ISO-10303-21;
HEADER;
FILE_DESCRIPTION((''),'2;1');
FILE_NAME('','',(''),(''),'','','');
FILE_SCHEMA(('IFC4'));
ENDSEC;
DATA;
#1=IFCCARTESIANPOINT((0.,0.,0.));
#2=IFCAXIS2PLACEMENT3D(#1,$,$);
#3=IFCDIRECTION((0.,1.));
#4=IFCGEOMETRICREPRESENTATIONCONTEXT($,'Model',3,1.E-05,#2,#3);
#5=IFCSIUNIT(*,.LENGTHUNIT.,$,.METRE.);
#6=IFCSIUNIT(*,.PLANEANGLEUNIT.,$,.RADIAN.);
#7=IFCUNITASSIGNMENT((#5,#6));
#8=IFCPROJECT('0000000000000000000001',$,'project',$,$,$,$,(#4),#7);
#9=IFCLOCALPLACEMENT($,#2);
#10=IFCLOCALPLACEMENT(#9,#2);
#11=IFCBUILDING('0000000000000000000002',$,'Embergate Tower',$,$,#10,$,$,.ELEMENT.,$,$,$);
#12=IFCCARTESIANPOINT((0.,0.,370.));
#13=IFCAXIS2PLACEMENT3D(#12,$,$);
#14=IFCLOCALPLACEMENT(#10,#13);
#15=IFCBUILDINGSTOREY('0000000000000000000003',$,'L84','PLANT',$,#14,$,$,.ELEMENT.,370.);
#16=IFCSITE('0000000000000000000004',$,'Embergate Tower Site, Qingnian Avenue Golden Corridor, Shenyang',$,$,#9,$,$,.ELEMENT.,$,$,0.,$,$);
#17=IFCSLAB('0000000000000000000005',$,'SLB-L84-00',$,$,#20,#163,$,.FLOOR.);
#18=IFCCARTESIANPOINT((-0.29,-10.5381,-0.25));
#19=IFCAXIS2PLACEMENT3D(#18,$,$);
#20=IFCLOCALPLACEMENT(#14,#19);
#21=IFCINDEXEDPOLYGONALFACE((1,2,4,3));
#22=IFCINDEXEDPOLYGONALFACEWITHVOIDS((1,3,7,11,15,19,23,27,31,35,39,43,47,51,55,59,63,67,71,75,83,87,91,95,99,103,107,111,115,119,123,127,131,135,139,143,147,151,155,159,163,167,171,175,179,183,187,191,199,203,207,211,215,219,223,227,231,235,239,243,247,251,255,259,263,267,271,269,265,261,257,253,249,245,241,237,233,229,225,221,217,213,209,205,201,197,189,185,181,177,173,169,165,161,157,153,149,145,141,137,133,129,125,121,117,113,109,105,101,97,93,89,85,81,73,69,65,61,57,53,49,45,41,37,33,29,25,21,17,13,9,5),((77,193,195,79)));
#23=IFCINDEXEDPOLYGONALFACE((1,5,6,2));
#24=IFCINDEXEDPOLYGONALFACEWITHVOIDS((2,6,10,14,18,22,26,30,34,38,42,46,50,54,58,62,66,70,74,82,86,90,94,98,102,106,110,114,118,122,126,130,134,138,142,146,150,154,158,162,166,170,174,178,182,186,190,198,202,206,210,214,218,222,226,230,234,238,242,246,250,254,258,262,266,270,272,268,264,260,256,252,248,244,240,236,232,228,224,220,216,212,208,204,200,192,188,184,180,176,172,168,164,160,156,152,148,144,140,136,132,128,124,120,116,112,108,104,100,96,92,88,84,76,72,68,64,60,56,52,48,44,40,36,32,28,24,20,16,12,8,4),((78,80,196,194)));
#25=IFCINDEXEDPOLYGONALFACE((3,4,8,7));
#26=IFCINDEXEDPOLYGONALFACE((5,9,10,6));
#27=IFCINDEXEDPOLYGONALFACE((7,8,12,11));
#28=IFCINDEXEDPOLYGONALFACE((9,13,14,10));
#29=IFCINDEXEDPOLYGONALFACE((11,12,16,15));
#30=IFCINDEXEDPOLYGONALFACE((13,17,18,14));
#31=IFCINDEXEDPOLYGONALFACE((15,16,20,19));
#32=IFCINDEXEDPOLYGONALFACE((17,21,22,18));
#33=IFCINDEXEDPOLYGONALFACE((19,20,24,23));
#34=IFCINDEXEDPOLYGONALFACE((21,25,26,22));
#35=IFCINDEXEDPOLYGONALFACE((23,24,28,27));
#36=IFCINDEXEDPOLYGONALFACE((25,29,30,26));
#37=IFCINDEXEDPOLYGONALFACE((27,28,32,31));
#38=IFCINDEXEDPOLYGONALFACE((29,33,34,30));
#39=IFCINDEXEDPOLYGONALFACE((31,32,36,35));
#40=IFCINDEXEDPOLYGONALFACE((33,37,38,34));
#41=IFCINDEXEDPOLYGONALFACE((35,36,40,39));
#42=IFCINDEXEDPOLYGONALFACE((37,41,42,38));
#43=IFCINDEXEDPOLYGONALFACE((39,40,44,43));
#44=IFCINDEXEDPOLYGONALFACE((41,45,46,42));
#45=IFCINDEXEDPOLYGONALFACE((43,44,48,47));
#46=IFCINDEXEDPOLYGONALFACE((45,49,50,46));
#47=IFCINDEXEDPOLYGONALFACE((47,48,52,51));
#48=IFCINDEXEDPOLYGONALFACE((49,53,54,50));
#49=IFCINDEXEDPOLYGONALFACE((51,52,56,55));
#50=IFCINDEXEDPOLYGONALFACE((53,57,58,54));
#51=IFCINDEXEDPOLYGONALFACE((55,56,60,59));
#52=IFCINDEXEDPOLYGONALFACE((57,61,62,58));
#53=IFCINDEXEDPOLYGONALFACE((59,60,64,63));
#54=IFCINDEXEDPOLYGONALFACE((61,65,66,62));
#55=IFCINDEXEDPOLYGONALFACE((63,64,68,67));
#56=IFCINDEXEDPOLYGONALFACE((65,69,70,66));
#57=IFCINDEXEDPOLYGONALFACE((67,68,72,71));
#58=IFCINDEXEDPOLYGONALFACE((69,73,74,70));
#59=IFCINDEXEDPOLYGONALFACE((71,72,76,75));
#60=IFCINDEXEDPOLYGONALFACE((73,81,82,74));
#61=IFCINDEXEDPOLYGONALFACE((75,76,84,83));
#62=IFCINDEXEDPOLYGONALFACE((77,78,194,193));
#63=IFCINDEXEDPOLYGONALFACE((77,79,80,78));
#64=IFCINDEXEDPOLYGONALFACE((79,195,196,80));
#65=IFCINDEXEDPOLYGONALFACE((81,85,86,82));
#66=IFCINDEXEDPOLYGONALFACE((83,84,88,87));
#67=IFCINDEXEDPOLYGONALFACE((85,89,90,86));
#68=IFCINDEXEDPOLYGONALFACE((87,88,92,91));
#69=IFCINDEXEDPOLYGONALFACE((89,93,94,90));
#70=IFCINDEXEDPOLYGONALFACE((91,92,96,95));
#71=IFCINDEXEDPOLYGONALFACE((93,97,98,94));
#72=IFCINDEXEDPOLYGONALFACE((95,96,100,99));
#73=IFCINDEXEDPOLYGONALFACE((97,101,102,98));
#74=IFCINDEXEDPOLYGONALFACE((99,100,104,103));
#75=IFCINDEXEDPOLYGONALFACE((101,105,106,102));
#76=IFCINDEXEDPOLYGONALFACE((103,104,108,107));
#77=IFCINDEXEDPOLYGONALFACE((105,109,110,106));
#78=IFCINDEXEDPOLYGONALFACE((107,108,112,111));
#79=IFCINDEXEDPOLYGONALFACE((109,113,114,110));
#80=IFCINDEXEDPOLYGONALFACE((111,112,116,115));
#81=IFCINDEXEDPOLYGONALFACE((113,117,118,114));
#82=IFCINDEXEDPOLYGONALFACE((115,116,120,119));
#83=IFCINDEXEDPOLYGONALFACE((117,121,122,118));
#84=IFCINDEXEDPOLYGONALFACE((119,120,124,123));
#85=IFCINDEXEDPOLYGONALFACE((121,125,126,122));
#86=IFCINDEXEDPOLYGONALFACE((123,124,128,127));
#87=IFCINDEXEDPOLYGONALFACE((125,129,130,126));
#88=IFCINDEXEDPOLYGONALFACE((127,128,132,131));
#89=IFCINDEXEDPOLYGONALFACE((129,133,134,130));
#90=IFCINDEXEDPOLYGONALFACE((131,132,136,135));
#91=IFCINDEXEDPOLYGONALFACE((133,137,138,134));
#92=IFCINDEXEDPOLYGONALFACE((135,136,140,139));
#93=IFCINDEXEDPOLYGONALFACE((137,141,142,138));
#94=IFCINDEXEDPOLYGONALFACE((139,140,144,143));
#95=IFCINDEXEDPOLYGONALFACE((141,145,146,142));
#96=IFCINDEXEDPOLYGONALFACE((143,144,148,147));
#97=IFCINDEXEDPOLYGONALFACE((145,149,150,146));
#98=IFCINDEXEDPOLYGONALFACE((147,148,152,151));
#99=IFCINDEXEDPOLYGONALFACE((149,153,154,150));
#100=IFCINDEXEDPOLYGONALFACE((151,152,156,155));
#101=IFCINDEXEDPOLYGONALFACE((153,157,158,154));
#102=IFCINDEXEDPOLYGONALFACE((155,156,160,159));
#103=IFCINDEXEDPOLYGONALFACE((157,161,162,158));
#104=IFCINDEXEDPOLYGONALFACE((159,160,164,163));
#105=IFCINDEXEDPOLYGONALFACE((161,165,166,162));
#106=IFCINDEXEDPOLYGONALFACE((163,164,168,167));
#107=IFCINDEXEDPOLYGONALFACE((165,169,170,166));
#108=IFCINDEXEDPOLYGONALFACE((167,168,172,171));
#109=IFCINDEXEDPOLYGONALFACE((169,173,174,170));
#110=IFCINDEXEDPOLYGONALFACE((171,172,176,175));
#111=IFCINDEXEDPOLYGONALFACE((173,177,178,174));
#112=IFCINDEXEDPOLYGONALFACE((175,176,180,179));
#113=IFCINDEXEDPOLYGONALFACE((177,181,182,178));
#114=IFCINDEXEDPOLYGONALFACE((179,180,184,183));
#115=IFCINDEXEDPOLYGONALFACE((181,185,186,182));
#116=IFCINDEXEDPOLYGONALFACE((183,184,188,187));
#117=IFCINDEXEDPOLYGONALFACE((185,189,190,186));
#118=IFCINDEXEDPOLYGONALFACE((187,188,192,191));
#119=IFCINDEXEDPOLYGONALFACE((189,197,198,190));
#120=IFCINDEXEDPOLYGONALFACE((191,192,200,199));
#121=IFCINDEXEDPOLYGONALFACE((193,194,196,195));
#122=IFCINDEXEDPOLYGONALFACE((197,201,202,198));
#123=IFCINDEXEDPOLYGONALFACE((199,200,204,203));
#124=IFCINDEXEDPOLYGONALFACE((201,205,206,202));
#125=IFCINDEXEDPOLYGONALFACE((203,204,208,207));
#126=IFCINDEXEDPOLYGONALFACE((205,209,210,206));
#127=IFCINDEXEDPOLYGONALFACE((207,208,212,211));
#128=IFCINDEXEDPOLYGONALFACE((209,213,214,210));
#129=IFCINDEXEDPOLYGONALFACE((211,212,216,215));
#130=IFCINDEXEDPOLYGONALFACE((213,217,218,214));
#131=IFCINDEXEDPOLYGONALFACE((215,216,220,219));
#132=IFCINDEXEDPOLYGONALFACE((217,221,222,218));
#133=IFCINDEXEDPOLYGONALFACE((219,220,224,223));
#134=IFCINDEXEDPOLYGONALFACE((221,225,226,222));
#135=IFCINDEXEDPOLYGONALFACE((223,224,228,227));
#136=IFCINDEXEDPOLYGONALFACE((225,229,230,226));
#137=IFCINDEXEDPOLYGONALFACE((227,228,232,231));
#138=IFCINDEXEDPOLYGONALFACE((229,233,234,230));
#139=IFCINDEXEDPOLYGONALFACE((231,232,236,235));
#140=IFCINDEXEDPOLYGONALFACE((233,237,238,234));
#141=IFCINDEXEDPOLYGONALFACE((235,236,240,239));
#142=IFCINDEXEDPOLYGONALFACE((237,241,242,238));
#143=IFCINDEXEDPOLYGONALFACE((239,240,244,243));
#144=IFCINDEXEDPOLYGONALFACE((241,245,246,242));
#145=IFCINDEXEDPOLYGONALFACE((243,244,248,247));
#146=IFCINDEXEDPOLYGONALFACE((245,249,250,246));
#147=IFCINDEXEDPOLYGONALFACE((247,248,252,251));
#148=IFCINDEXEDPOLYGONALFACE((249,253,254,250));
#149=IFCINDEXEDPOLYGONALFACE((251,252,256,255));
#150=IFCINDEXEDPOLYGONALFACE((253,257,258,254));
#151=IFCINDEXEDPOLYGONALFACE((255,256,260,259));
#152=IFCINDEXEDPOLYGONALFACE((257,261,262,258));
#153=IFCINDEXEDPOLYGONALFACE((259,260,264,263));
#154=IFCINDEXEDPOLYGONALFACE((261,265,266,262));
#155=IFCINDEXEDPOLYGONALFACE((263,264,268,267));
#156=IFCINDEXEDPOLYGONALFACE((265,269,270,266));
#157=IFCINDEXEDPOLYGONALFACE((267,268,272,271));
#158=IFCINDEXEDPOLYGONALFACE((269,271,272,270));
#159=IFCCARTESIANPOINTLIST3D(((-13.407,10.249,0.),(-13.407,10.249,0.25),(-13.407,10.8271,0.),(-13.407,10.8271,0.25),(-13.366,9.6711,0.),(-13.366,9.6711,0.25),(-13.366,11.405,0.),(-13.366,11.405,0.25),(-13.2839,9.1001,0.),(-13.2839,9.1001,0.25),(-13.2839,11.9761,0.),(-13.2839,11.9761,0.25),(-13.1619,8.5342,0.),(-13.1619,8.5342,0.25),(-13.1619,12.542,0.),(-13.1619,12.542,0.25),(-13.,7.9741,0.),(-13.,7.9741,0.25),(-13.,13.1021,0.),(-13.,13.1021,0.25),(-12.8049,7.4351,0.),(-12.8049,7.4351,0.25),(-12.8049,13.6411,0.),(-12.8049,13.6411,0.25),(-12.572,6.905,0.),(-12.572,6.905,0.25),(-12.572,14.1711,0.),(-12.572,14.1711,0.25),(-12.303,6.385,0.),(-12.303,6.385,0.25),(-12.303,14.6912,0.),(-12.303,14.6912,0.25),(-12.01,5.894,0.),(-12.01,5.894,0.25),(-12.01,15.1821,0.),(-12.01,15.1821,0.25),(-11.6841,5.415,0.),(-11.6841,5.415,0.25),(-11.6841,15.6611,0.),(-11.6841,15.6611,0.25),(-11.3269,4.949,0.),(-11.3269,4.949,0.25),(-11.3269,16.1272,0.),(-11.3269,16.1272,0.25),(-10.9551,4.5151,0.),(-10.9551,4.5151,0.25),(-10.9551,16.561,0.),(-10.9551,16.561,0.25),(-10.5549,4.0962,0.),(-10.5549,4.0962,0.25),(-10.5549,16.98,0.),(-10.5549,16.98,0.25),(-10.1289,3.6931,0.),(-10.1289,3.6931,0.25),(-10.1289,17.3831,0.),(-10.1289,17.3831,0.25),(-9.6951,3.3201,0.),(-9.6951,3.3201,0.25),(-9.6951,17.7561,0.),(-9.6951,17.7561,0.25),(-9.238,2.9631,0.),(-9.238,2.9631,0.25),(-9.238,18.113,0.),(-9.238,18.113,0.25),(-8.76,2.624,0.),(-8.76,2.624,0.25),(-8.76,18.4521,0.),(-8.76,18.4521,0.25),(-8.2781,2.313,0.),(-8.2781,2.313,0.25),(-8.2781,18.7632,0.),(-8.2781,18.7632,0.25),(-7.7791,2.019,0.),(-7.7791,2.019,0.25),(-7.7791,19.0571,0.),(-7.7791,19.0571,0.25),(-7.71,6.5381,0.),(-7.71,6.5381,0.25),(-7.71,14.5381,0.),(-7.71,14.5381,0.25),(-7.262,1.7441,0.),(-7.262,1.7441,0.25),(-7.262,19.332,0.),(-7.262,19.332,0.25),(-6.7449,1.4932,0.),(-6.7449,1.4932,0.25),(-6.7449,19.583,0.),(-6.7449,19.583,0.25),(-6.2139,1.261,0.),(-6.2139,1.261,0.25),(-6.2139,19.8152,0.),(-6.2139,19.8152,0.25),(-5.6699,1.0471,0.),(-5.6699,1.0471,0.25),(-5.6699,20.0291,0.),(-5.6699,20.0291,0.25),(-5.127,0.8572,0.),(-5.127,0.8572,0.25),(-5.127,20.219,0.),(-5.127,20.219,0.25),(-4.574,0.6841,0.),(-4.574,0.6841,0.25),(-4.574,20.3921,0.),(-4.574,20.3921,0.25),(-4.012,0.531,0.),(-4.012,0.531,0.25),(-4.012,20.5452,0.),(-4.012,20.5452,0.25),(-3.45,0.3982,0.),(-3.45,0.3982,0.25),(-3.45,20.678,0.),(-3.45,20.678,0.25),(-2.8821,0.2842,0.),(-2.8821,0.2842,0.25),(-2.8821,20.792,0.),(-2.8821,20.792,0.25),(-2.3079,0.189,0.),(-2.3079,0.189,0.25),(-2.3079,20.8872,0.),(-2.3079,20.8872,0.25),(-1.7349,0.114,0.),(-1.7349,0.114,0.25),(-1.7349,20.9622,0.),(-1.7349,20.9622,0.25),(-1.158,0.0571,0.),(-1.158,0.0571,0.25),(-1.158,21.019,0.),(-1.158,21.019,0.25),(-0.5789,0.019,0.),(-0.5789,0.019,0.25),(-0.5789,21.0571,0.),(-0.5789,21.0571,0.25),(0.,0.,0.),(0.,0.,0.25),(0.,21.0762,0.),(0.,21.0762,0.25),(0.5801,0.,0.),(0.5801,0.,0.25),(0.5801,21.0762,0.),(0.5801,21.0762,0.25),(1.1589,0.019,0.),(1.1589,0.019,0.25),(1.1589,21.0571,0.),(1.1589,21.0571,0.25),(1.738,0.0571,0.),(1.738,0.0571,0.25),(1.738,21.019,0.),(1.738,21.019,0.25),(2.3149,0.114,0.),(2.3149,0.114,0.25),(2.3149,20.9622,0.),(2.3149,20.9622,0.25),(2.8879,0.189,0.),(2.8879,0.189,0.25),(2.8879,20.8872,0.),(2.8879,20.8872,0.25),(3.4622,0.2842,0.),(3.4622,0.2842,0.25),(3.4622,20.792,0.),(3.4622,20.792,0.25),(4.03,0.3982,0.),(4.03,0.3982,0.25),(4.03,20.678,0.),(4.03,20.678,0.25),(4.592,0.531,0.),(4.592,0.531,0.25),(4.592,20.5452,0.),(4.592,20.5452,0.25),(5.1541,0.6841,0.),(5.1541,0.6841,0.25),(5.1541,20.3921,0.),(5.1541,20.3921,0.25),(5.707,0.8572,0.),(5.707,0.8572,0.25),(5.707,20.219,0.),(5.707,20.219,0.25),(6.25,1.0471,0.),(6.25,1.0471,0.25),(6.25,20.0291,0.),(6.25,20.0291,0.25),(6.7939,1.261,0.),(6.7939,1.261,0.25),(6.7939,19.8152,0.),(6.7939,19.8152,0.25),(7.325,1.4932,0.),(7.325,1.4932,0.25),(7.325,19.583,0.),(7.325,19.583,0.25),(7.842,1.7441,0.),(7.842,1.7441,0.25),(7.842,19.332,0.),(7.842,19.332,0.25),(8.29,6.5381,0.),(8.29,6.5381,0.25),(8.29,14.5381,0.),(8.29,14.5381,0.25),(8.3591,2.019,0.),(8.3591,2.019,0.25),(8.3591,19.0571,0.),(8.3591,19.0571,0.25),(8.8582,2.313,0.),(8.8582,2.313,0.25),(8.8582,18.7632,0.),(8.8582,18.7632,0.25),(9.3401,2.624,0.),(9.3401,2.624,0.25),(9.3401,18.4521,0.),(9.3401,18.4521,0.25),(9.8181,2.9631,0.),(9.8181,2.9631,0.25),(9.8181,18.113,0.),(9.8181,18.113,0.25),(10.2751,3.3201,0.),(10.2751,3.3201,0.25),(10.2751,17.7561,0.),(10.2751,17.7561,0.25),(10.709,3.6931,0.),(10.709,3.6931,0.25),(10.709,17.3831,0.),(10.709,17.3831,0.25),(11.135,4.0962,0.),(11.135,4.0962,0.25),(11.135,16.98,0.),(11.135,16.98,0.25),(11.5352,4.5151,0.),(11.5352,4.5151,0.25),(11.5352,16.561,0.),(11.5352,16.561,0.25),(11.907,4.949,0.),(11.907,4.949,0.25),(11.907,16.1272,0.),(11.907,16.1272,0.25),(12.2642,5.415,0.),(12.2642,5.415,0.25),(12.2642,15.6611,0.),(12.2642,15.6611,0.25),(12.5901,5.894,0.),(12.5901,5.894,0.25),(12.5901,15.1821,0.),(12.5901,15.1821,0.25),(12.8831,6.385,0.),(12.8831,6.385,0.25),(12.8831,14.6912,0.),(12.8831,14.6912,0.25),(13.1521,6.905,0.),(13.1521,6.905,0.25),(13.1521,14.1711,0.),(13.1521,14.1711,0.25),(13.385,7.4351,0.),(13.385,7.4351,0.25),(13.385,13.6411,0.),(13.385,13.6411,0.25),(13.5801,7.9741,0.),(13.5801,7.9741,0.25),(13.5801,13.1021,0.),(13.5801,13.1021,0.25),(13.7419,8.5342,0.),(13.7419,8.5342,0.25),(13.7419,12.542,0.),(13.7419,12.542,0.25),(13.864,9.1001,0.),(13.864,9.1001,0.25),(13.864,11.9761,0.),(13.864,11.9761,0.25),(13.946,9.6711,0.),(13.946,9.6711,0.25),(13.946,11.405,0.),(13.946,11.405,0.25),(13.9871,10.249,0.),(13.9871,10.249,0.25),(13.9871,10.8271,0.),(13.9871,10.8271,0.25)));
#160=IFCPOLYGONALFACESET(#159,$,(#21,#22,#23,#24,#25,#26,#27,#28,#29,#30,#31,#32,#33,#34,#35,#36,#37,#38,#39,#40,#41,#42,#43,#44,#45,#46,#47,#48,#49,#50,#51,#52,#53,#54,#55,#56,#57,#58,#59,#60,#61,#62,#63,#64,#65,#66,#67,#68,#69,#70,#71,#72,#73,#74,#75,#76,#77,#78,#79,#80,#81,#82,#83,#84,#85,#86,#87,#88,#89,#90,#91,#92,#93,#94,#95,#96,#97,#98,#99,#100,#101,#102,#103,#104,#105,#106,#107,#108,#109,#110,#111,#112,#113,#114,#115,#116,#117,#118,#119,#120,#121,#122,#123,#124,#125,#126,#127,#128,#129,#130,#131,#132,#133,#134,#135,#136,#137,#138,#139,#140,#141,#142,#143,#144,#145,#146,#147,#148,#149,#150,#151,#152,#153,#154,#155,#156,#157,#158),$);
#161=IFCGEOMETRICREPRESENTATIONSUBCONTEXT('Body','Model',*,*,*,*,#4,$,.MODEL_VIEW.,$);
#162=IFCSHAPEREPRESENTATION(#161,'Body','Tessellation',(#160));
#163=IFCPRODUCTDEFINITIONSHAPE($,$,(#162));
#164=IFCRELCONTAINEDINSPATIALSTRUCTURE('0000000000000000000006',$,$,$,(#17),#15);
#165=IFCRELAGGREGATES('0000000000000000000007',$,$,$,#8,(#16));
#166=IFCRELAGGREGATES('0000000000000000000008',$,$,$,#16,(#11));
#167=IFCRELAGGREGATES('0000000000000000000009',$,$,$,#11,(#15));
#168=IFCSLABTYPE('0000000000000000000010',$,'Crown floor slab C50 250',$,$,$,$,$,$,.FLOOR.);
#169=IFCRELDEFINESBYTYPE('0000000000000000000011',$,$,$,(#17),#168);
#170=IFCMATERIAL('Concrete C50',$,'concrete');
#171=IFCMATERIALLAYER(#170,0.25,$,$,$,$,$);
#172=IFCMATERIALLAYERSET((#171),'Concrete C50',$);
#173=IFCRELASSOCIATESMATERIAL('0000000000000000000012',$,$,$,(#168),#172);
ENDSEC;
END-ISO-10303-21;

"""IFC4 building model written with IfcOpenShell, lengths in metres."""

from ifc_helpers import new_model, si_unit, direction, frame, origin, place, context, subcontext, project, spatial, polyline, outline, extrude, source, transform, mapped, material, layer, layer_set, type_object, element, save


model = new_model("IFC4")

# Units and contexts
model_context = context("Model", 3, precision=1e-05, world=origin(), true_north=direction((0.0, 1.0)))
body_context = subcontext(model_context, "Body", "Model", "MODEL_VIEW")
ifc_project = project(units=[si_unit("LENGTHUNIT", "METRE"), si_unit("PLANEANGLEUNIT", "RADIAN")], contexts=[model_context])

# Site, building, storey
site_placement = place(None, origin())
site = spatial("IfcSite", under=ifc_project, at=site_placement, Name="Embergate Tower Site, Qingnian Avenue Golden Corridor, Shenyang", CompositionType="ELEMENT", RefElevation=0.0)
building_placement = place(site_placement, origin())
building = spatial("IfcBuilding", under=site, at=building_placement, Name="Embergate Tower", CompositionType="ELEMENT")
storey_placement = place(building_placement, frame((0.0, 0.0, 370.0)))
storey = spatial("IfcBuildingStorey", under=building, at=storey_placement, Name="L84", Description="PLANT", CompositionType="ELEMENT", Elevation=370.0)

# Slab
ifc_material_1 = material(Name="Concrete C50", Category="concrete")
ifc_layer_1 = layer(ifc_material_1, 0.25)
ifc_layer_set_1 = layer_set([ifc_layer_1], Name="Concrete C50")
slab_type = type_object("IfcSlabType", Name="Crown floor slab C50 250", PredefinedType="FLOOR", material=ifc_layer_set_1)
shared_shape_1 = source(origin(), body_context, "Body", "SweptSolid", [
    extrude(outline(polyline([(0.0, 0.0), (0.5801, 0.0), (1.1589, 0.019), (1.738, 0.0571), (2.3149, 0.114), (2.8879, 0.189), (3.4622, 0.2842), (4.03, 0.3982), (4.592, 0.531), (5.1541, 0.6841), (5.707, 0.8572), (6.25, 1.0471), (6.7939, 1.261), (7.325, 1.4932), (7.842, 1.7441), (8.3591, 2.019), (8.8582, 2.313), (9.3401, 2.624), (9.8181, 2.9631), (10.2751, 3.3201), (10.709, 3.6931), (11.135, 4.0962), (11.5352, 4.5151), (11.907, 4.949), (12.2642, 5.415), (12.5901, 5.894), (12.8831, 6.385), (13.1521, 6.905), (13.385, 7.4351), (13.5801, 7.9741), (13.7419, 8.5342), (13.864, 9.1001), (13.946, 9.6711), (13.9871, 10.249), (13.9871, 10.8271), (13.946, 11.405), (13.864, 11.9761), (13.7419, 12.542), (13.5801, 13.1021), (13.385, 13.6411), (13.1521, 14.1711), (12.8831, 14.6912), (12.5901, 15.1821), (12.2642, 15.6611), (11.907, 16.1272), (11.5352, 16.561), (11.135, 16.98), (10.709, 17.3831), (10.2751, 17.7561), (9.8181, 18.113), (9.3401, 18.4521), (8.8582, 18.7632), (8.3591, 19.0571), (7.842, 19.332), (7.325, 19.583), (6.7939, 19.8152), (6.25, 20.0291), (5.707, 20.219), (5.1541, 20.3921), (4.592, 20.5452), (4.03, 20.678), (3.4622, 20.792), (2.8879, 20.8872), (2.3149, 20.9622), (1.738, 21.019), (1.1589, 21.0571), (0.5801, 21.0762), (0.0, 21.0762), (-0.5789, 21.0571), (-1.158, 21.019), (-1.7349, 20.9622), (-2.3079, 20.8872), (-2.8821, 20.792), (-3.45, 20.678), (-4.012, 20.5452), (-4.574, 20.3921), (-5.127, 20.219), (-5.6699, 20.0291), (-6.2139, 19.8152), (-6.7449, 19.583), (-7.262, 19.332), (-7.7791, 19.0571), (-8.2781, 18.7632), (-8.76, 18.4521), (-9.238, 18.113), (-9.6951, 17.7561), (-10.1289, 17.3831), (-10.5549, 16.98), (-10.9551, 16.561), (-11.3269, 16.1272), (-11.6841, 15.6611), (-12.01, 15.1821), (-12.303, 14.6912), (-12.572, 14.1711), (-12.8049, 13.6411), (-13.0, 13.1021), (-13.1619, 12.542), (-13.2839, 11.9761), (-13.366, 11.405), (-13.407, 10.8271), (-13.407, 10.249), (-13.366, 9.6711), (-13.2839, 9.1001), (-13.1619, 8.5342), (-13.0, 7.9741), (-12.8049, 7.4351), (-12.572, 6.905), (-12.303, 6.385), (-12.01, 5.894), (-11.6841, 5.415), (-11.3269, 4.949), (-10.9551, 4.5151), (-10.5549, 4.0962), (-10.1289, 3.6931), (-9.6951, 3.3201), (-9.238, 2.9631), (-8.76, 2.624), (-8.2781, 2.313), (-7.7791, 2.019), (-7.262, 1.7441), (-6.7449, 1.4932), (-6.2139, 1.261), (-5.6699, 1.0471), (-5.127, 0.8572), (-4.574, 0.6841), (-4.012, 0.531), (-3.45, 0.3982), (-2.8821, 0.2842), (-2.3079, 0.189), (-1.7349, 0.114), (-1.158, 0.0571), (-0.5789, 0.019), (0.0, 0.0)]), holes=[polyline([(-7.71, 6.5381), (-7.71, 14.5381), (8.29, 14.5381), (8.29, 6.5381), (-7.71, 6.5381)])]), origin(), (0.0, 0.0, 1.0), 0.25),
])
slab_placement = place(storey_placement, frame((-0.29, -10.5381, -0.25)))
element("IfcSlab", 1, at=slab_placement, inside=storey, type_object=slab_type, Name="SLB-L84-00", PredefinedType="FLOOR", context=body_context, shape_type="MappedRepresentation", body=[
    mapped(shared_shape_1, transform((0.0, 0.0, 0.0))),
])

save(model, "model.ifc")
